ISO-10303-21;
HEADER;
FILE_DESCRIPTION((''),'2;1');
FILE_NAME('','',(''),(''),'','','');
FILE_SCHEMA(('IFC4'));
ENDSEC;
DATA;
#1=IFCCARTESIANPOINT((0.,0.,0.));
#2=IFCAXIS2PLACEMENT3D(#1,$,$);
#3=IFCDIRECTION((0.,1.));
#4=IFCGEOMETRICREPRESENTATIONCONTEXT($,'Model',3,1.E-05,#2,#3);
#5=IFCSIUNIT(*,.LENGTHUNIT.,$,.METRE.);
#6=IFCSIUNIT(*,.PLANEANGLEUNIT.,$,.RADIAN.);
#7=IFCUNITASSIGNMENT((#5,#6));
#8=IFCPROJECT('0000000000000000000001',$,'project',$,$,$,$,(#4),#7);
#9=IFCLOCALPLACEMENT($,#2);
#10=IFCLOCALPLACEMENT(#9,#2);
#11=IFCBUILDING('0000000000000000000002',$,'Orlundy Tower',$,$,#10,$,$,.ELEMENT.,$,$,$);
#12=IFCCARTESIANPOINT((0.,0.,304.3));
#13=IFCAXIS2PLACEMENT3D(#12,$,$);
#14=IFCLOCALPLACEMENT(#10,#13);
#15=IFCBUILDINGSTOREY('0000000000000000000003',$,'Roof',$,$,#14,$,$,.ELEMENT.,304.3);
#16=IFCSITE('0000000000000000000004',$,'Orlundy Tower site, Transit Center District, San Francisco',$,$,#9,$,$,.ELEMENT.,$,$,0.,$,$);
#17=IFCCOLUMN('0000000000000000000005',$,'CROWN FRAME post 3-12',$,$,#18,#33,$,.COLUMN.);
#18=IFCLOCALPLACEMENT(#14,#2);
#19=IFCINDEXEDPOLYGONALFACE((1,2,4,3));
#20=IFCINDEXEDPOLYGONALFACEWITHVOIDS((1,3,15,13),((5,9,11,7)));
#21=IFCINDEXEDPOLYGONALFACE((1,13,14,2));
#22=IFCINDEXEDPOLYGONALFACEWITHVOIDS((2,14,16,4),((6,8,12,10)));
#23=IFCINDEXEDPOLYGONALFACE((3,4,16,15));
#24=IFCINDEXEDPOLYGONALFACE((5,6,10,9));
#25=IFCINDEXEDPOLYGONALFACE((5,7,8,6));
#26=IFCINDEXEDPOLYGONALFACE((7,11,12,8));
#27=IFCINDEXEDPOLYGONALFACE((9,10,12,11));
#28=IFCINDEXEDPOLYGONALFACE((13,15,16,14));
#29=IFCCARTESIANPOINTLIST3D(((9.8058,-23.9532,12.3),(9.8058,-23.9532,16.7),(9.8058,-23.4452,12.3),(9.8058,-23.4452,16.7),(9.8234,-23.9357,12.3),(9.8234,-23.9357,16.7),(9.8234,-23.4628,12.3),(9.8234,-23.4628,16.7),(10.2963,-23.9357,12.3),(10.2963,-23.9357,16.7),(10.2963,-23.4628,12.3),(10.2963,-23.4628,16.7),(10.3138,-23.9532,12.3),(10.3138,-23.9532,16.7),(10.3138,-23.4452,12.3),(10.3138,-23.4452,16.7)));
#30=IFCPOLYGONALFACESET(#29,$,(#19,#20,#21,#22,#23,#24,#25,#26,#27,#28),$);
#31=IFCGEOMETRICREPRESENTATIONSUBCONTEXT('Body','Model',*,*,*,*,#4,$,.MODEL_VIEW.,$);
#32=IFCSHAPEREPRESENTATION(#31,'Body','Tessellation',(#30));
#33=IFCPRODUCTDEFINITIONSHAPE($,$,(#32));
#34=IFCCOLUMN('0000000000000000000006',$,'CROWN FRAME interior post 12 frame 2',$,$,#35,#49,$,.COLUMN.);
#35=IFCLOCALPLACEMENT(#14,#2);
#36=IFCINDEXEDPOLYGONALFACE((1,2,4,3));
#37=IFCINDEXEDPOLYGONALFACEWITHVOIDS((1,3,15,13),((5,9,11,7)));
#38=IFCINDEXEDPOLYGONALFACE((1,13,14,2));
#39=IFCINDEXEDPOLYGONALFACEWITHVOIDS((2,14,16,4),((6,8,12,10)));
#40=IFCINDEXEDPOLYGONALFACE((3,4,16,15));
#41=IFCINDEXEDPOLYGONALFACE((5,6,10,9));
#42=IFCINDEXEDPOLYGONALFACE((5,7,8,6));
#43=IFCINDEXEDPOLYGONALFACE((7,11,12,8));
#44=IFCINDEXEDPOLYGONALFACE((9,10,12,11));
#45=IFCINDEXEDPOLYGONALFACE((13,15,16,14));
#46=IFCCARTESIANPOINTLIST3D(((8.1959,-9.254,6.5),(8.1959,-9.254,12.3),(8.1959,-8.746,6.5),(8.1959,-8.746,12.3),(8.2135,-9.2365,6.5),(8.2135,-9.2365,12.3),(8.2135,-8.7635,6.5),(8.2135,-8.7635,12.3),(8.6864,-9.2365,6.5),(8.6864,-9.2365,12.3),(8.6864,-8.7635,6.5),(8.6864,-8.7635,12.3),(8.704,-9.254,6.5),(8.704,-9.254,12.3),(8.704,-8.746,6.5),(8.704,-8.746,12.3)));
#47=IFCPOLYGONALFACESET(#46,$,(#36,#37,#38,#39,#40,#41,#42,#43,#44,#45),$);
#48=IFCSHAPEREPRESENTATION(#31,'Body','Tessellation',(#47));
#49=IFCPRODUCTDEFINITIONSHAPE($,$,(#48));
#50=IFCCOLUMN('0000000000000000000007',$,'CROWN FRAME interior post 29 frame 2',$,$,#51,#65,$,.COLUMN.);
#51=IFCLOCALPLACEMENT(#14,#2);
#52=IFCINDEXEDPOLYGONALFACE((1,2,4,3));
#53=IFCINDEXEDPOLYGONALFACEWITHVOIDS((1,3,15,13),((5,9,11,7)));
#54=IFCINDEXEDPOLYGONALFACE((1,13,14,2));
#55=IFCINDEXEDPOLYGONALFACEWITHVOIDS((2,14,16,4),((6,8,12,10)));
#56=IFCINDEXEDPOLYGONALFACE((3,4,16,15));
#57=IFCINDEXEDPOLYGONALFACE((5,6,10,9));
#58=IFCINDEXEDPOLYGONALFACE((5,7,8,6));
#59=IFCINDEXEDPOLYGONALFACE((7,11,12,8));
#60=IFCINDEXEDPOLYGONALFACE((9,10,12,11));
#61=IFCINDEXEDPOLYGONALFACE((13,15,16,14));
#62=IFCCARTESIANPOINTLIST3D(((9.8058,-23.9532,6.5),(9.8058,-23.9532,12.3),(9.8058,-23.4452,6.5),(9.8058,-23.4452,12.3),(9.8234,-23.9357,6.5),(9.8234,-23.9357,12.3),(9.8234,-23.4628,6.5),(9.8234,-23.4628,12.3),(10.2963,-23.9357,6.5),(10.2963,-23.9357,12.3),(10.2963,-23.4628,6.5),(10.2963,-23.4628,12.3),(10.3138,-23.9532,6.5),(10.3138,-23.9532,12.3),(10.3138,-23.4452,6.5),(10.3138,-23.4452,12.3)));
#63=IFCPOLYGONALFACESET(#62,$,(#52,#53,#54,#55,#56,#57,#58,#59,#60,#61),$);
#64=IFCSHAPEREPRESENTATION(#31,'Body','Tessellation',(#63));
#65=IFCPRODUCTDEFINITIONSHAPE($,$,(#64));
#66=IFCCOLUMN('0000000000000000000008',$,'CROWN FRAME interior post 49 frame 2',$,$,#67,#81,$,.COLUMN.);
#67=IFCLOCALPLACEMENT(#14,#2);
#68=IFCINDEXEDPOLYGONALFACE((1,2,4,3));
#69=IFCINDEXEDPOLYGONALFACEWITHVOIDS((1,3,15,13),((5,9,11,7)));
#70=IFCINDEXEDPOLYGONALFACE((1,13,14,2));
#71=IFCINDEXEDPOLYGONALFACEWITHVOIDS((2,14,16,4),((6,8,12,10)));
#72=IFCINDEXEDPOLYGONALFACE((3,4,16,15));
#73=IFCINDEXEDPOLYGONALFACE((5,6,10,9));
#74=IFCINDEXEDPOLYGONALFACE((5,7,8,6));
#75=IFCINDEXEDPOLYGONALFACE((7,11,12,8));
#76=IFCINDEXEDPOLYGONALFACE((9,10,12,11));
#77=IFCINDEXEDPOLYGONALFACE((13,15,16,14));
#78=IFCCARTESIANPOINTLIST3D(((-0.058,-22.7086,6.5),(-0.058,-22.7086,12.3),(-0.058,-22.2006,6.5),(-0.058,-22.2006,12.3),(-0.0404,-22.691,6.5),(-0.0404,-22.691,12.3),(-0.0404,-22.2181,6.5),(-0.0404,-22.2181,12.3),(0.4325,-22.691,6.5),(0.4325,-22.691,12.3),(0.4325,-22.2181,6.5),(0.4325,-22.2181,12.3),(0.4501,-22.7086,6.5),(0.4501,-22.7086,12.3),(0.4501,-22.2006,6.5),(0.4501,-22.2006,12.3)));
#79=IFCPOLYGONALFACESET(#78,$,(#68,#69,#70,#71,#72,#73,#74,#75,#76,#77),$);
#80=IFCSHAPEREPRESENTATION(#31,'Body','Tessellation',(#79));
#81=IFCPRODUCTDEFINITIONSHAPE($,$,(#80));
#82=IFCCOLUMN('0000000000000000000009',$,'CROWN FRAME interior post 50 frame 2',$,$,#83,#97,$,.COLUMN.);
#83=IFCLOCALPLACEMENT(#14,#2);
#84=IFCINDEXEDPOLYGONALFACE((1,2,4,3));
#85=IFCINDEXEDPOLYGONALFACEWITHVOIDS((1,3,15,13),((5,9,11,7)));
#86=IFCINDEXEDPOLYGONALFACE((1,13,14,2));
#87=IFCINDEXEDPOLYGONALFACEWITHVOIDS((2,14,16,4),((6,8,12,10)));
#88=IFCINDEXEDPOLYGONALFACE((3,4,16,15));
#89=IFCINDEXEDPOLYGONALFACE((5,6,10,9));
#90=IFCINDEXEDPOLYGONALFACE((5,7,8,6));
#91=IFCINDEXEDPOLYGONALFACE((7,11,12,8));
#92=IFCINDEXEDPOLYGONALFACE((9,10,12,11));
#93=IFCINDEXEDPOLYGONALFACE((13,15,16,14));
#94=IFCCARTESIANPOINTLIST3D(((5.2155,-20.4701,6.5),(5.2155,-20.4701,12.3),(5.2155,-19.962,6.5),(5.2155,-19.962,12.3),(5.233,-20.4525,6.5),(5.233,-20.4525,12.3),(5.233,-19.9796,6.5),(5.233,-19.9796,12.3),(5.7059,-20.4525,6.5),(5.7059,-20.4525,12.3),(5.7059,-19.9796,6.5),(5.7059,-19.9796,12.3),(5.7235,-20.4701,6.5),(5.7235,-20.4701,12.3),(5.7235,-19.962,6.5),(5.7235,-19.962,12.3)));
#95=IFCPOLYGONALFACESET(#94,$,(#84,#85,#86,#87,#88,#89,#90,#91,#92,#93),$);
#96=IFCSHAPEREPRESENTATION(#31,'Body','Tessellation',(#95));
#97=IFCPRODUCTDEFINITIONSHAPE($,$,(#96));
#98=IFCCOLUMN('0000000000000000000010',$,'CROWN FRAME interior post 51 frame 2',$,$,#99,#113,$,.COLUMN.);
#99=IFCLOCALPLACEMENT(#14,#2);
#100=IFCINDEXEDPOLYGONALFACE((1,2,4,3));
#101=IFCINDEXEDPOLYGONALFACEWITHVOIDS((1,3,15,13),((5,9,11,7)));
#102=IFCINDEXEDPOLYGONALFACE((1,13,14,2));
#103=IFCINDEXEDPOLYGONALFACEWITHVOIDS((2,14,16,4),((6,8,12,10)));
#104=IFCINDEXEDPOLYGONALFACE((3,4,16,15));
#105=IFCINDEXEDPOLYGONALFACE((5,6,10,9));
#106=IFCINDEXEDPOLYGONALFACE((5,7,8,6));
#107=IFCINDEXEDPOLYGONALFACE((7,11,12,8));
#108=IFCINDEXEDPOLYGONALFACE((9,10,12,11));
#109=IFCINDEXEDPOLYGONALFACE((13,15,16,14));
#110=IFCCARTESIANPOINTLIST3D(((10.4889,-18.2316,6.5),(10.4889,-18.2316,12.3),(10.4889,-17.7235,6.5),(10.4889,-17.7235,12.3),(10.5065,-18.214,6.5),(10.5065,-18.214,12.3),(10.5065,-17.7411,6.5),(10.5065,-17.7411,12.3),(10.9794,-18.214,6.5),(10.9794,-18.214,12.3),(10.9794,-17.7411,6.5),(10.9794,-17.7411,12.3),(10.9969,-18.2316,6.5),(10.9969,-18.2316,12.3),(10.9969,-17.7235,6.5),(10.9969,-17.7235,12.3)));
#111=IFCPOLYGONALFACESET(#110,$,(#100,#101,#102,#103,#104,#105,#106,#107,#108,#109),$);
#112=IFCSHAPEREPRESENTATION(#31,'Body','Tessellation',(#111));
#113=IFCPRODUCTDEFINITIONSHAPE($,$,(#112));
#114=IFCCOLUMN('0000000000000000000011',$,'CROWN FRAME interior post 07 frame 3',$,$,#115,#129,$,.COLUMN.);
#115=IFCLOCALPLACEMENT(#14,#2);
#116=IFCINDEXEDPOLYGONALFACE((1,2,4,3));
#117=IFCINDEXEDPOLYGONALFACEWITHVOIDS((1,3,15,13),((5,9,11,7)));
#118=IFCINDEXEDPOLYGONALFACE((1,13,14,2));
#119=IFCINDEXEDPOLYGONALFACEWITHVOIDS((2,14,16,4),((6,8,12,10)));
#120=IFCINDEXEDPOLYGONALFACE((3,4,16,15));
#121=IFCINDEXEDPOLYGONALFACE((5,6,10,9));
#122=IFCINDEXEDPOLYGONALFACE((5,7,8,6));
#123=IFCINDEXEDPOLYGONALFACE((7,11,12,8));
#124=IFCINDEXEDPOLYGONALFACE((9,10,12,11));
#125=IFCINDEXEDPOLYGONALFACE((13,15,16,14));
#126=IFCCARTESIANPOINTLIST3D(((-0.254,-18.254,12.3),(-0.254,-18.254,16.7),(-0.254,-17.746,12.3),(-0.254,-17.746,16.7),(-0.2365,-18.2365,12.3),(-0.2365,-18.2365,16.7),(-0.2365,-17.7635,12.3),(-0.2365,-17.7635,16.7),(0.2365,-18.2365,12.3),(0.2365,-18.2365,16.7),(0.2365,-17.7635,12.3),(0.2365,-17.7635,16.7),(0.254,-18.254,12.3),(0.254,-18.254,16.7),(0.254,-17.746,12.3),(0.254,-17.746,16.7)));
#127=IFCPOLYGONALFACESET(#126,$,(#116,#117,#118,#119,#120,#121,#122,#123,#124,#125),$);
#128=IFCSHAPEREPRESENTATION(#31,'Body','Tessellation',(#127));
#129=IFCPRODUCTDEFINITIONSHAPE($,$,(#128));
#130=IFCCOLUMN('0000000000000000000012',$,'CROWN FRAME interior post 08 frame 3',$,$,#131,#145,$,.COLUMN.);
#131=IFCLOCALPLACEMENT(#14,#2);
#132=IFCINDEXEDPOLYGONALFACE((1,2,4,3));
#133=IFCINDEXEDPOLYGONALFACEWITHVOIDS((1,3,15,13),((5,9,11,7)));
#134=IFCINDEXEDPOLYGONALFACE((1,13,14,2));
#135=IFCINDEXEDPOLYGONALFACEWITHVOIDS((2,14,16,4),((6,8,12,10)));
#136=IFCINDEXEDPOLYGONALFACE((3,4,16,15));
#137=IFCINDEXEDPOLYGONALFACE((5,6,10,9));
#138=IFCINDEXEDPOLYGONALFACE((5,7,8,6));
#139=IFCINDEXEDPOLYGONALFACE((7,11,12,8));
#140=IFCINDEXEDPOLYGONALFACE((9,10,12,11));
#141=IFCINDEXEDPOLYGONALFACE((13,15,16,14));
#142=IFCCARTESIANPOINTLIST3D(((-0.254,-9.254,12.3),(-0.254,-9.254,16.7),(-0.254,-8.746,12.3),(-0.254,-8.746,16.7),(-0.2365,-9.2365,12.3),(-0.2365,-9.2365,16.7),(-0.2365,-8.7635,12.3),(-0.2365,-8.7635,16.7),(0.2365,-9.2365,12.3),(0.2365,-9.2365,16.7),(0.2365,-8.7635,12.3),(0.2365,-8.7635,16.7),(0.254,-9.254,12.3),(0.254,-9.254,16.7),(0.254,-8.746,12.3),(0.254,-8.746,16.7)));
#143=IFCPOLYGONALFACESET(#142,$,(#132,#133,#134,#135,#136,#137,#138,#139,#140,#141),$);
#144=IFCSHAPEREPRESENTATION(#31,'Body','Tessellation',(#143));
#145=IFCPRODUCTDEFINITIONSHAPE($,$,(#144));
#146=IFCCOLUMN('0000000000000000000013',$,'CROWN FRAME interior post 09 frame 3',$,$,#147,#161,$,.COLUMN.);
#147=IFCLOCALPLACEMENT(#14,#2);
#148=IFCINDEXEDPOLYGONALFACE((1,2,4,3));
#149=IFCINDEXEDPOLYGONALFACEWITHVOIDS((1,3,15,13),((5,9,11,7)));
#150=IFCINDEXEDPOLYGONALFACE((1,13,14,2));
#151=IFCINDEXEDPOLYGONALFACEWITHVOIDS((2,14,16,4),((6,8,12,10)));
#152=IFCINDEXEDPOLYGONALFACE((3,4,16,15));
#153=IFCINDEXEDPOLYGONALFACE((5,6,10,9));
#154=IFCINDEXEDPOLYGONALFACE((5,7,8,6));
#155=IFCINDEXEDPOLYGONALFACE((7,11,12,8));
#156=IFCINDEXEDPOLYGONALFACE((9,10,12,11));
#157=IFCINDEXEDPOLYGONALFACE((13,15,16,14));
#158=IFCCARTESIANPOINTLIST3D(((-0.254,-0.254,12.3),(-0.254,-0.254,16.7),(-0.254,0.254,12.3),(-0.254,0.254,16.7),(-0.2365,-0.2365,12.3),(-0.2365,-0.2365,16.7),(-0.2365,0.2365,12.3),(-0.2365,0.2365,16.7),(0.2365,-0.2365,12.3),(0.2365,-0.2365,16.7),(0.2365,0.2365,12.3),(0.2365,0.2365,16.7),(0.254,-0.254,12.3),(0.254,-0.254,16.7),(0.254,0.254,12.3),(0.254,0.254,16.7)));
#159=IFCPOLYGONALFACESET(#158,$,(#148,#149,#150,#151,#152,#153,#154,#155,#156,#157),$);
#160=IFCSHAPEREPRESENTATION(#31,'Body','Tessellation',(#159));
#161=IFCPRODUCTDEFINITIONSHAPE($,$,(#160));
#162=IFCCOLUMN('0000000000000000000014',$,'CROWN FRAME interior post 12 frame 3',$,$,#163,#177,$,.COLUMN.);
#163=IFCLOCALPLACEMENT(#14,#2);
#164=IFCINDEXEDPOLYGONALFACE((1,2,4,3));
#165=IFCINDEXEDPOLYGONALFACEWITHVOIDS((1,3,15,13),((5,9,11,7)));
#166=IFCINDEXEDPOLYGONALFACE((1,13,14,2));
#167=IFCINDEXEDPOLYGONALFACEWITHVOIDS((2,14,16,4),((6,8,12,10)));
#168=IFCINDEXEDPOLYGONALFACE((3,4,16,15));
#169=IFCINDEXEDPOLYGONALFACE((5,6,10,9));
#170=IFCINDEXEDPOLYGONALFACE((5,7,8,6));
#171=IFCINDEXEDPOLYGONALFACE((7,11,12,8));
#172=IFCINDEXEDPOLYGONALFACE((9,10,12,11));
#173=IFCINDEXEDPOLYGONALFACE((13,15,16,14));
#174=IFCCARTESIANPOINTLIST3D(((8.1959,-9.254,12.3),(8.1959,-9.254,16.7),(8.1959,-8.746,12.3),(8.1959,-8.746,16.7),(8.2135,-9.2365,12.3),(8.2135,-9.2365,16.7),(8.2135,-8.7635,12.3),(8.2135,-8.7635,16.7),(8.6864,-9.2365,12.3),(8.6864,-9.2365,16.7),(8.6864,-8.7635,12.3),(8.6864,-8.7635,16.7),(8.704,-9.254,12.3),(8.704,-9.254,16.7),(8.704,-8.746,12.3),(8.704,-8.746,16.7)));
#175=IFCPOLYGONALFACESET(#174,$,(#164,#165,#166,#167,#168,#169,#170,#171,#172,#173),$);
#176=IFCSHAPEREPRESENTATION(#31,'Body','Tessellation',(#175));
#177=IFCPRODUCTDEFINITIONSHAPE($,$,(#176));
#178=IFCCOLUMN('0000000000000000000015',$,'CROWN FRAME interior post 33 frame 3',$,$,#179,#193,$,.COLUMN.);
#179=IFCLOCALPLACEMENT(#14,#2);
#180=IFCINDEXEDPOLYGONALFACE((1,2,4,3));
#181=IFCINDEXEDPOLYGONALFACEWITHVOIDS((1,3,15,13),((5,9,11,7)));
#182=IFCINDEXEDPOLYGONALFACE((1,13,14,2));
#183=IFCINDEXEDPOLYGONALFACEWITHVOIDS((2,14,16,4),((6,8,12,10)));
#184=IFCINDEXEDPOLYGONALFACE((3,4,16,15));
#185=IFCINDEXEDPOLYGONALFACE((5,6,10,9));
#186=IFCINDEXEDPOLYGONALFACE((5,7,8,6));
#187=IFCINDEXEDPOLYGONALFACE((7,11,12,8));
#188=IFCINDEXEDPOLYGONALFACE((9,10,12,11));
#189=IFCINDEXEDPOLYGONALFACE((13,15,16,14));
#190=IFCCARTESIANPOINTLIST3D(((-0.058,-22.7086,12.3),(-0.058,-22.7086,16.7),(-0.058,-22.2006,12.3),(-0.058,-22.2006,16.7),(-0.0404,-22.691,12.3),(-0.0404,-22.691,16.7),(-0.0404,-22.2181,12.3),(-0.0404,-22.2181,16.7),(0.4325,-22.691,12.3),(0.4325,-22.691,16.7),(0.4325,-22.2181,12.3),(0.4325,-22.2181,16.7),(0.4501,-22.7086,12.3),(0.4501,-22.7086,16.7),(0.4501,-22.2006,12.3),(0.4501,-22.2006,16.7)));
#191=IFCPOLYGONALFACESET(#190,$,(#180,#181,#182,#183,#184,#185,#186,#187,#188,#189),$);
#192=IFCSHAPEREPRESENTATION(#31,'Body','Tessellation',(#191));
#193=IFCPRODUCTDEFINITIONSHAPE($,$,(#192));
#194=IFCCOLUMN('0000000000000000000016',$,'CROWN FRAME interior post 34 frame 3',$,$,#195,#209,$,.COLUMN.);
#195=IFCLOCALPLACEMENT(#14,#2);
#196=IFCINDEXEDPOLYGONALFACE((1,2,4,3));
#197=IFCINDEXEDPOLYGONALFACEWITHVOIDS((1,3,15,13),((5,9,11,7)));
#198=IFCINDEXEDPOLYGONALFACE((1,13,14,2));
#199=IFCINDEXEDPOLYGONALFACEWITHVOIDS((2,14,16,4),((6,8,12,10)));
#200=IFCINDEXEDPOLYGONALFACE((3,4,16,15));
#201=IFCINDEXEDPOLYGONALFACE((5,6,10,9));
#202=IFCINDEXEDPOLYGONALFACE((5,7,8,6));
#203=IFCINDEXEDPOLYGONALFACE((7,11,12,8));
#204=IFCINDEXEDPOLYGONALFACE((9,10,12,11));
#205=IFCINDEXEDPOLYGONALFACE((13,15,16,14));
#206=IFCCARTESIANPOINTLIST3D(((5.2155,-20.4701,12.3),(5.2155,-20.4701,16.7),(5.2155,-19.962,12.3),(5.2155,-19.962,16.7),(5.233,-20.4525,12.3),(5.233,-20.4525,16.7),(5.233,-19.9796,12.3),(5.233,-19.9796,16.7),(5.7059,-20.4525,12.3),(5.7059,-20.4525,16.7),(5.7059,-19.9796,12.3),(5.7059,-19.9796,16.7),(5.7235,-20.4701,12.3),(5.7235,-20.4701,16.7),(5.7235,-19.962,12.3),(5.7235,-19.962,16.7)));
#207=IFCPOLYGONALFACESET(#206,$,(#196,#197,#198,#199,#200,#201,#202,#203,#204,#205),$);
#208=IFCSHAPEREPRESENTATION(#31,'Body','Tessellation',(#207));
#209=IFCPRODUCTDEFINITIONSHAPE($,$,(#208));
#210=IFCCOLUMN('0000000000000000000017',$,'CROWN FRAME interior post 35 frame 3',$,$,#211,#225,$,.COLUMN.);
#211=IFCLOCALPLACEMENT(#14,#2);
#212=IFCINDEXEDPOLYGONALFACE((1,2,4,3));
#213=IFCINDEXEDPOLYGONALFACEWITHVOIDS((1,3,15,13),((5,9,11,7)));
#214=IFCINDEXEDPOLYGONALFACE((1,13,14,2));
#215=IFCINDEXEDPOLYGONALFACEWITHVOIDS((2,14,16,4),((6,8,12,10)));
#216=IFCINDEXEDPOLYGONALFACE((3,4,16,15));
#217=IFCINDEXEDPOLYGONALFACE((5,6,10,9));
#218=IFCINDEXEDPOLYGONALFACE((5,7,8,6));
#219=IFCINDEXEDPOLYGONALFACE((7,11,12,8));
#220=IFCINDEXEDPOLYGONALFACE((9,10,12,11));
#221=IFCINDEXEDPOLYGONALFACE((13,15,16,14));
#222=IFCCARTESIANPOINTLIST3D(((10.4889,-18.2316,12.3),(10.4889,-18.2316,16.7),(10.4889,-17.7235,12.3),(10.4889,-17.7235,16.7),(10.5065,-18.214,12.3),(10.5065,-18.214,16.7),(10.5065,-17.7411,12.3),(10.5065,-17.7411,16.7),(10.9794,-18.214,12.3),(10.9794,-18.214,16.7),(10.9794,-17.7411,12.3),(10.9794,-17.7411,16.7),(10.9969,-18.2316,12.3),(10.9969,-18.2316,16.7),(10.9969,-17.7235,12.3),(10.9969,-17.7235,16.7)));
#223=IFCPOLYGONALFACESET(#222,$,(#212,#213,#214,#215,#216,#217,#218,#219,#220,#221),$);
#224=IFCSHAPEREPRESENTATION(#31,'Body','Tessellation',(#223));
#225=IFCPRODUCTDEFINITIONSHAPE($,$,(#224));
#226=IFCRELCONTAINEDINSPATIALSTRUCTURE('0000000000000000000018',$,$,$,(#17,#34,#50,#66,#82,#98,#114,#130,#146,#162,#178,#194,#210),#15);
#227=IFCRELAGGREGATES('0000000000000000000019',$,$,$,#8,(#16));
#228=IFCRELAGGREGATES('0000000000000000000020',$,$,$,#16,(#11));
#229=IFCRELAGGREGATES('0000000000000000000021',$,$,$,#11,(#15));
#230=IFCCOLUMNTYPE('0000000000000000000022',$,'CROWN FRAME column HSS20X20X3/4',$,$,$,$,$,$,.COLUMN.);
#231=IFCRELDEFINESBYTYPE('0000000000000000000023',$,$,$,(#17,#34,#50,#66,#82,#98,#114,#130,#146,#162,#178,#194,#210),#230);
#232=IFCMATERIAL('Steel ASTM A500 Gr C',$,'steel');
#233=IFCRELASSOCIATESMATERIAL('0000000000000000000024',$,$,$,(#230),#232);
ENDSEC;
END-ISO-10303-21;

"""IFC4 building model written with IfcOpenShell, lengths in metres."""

from ifc_helpers import new_model, si_unit, direction, frame, origin, origin_2d, place, context, subcontext, project, spatial, hollow_rectangle, extrude, material, material_profile, profile_set, type_object, element, save


model = new_model("IFC4")

# Units and contexts
model_context = context("Model", 3, precision=1e-05, world=origin(), true_north=direction((0.0, 1.0)))
body_context = subcontext(model_context, "Body", "Model", "MODEL_VIEW")
ifc_project = project(units=[si_unit("LENGTHUNIT", "METRE"), si_unit("PLANEANGLEUNIT", "RADIAN")], contexts=[model_context])

# Site, building, storey
site_placement = place(None, origin())
site = spatial("IfcSite", under=ifc_project, at=site_placement, Name="Orlundy Tower site, Transit Center District, San Francisco", CompositionType="ELEMENT", RefElevation=0.0)
building_placement = place(site_placement, origin())
building = spatial("IfcBuilding", under=site, at=building_placement, Name="Orlundy Tower", CompositionType="ELEMENT")
storey_placement = place(building_placement, frame((0.0, 0.0, 304.3)))
storey = spatial("IfcBuildingStorey", under=building, at=storey_placement, Name="Roof", CompositionType="ELEMENT", Elevation=304.3)

# Columns
ifc_material_1 = material(Name="Steel ASTM A500 Gr C", Category="steel")
ifc_material_profile_1 = material_profile(ifc_material_1, hollow_rectangle(XDim=0.5081, YDim=0.5081, WallThickness=0.0176, at=origin_2d()), Name="HSS20X20X3/4")
ifc_profile_set_1 = profile_set([ifc_material_profile_1], Name="Steel ASTM A500 Gr C")
column_type = type_object("IfcColumnType", Name="CROWN FRAME column HSS20X20X3/4", PredefinedType="COLUMN", material=ifc_profile_set_1)
column_placement = place(storey_placement, frame((10.0598, -23.6992, 12.3), z_axis=(0.0, 0.0, 1.0), x_axis=(1.0, 0.0, 0.0)))
element("IfcColumn", 1, at=column_placement, inside=storey, type_object=column_type, Name="CROWN FRAME post 3-12", PredefinedType="COLUMN", context=body_context, shape_type="SweptSolid", body=[
    extrude(hollow_rectangle(XDim=0.5081, YDim=0.5081, WallThickness=0.0176, at=origin_2d()), origin(), (0.0, 0.0, 1.0), 4.3999),
])
for number, where, z_axis, x_axis, name in (
    (2, (8.45, -9.0, 6.5), (0.0, 0.0, 1.0), (1.0, 0.0, 0.0), "CROWN FRAME interior post 12 frame 2"),
    (3, (10.0598, -23.6992, 6.5), (0.0, 0.0, 1.0), (1.0, 0.0, 0.0), "CROWN FRAME interior post 29 frame 2"),
    (4, (0.196, -22.4546, 6.5), (0.0, 0.0, 1.0), (1.0, 0.0, 0.0), "CROWN FRAME interior post 49 frame 2"),
    (5, (5.4695, -20.2161, 6.5), (0.0, 0.0, 1.0), (1.0, 0.0, 0.0), "CROWN FRAME interior post 50 frame 2"),
    (6, (10.7429, -17.9775, 6.5), (0.0, 0.0, 1.0), (1.0, 0.0, 0.0), "CROWN FRAME interior post 51 frame 2"),
):
    element("IfcColumn", number, at=place(storey_placement, frame(where, z_axis=z_axis, x_axis=x_axis)), inside=storey, type_object=column_type, Name=name, PredefinedType="COLUMN", context=body_context, shape_type="SweptSolid", body=[
        extrude(hollow_rectangle(XDim=0.5081, YDim=0.5081, WallThickness=0.0176, at=origin_2d()), origin(), (0.0, 0.0, 1.0), 5.8),
    ])
for number, where, z_axis, x_axis, name in (
    (7, (0.0, -18.0, 12.3), (0.0, 0.0, 1.0), (1.0, 0.0, 0.0), "CROWN FRAME interior post 07 frame 3"),
    (8, (0.0, -9.0, 12.3), (0.0, 0.0, 1.0), (1.0, 0.0, 0.0), "CROWN FRAME interior post 08 frame 3"),
    (9, (0.0, 0.0, 12.3), (0.0, 0.0, 1.0), (1.0, 0.0, 0.0), "CROWN FRAME interior post 09 frame 3"),
    (10, (8.45, -9.0, 12.3), (0.0, 0.0, 1.0), (1.0, 0.0, 0.0), "CROWN FRAME interior post 12 frame 3"),
    (11, (0.196, -22.4546, 12.3), (0.0, 0.0, 1.0), (1.0, 0.0, 0.0), "CROWN FRAME interior post 33 frame 3"),
    (12, (5.4695, -20.2161, 12.3), (0.0, 0.0, 1.0), (1.0, 0.0, 0.0), "CROWN FRAME interior post 34 frame 3"),
    (13, (10.7429, -17.9775, 12.3), (0.0, 0.0, 1.0), (1.0, 0.0, 0.0), "CROWN FRAME interior post 35 frame 3"),
):
    element("IfcColumn", number, at=place(storey_placement, frame(where, z_axis=z_axis, x_axis=x_axis)), inside=storey, type_object=column_type, Name=name, PredefinedType="COLUMN", context=body_context, shape_type="SweptSolid", body=[
        extrude(hollow_rectangle(XDim=0.5081, YDim=0.5081, WallThickness=0.0176, at=origin_2d()), origin(), (0.0, 0.0, 1.0), 4.3999),
    ])

save(model, "model.ifc")
